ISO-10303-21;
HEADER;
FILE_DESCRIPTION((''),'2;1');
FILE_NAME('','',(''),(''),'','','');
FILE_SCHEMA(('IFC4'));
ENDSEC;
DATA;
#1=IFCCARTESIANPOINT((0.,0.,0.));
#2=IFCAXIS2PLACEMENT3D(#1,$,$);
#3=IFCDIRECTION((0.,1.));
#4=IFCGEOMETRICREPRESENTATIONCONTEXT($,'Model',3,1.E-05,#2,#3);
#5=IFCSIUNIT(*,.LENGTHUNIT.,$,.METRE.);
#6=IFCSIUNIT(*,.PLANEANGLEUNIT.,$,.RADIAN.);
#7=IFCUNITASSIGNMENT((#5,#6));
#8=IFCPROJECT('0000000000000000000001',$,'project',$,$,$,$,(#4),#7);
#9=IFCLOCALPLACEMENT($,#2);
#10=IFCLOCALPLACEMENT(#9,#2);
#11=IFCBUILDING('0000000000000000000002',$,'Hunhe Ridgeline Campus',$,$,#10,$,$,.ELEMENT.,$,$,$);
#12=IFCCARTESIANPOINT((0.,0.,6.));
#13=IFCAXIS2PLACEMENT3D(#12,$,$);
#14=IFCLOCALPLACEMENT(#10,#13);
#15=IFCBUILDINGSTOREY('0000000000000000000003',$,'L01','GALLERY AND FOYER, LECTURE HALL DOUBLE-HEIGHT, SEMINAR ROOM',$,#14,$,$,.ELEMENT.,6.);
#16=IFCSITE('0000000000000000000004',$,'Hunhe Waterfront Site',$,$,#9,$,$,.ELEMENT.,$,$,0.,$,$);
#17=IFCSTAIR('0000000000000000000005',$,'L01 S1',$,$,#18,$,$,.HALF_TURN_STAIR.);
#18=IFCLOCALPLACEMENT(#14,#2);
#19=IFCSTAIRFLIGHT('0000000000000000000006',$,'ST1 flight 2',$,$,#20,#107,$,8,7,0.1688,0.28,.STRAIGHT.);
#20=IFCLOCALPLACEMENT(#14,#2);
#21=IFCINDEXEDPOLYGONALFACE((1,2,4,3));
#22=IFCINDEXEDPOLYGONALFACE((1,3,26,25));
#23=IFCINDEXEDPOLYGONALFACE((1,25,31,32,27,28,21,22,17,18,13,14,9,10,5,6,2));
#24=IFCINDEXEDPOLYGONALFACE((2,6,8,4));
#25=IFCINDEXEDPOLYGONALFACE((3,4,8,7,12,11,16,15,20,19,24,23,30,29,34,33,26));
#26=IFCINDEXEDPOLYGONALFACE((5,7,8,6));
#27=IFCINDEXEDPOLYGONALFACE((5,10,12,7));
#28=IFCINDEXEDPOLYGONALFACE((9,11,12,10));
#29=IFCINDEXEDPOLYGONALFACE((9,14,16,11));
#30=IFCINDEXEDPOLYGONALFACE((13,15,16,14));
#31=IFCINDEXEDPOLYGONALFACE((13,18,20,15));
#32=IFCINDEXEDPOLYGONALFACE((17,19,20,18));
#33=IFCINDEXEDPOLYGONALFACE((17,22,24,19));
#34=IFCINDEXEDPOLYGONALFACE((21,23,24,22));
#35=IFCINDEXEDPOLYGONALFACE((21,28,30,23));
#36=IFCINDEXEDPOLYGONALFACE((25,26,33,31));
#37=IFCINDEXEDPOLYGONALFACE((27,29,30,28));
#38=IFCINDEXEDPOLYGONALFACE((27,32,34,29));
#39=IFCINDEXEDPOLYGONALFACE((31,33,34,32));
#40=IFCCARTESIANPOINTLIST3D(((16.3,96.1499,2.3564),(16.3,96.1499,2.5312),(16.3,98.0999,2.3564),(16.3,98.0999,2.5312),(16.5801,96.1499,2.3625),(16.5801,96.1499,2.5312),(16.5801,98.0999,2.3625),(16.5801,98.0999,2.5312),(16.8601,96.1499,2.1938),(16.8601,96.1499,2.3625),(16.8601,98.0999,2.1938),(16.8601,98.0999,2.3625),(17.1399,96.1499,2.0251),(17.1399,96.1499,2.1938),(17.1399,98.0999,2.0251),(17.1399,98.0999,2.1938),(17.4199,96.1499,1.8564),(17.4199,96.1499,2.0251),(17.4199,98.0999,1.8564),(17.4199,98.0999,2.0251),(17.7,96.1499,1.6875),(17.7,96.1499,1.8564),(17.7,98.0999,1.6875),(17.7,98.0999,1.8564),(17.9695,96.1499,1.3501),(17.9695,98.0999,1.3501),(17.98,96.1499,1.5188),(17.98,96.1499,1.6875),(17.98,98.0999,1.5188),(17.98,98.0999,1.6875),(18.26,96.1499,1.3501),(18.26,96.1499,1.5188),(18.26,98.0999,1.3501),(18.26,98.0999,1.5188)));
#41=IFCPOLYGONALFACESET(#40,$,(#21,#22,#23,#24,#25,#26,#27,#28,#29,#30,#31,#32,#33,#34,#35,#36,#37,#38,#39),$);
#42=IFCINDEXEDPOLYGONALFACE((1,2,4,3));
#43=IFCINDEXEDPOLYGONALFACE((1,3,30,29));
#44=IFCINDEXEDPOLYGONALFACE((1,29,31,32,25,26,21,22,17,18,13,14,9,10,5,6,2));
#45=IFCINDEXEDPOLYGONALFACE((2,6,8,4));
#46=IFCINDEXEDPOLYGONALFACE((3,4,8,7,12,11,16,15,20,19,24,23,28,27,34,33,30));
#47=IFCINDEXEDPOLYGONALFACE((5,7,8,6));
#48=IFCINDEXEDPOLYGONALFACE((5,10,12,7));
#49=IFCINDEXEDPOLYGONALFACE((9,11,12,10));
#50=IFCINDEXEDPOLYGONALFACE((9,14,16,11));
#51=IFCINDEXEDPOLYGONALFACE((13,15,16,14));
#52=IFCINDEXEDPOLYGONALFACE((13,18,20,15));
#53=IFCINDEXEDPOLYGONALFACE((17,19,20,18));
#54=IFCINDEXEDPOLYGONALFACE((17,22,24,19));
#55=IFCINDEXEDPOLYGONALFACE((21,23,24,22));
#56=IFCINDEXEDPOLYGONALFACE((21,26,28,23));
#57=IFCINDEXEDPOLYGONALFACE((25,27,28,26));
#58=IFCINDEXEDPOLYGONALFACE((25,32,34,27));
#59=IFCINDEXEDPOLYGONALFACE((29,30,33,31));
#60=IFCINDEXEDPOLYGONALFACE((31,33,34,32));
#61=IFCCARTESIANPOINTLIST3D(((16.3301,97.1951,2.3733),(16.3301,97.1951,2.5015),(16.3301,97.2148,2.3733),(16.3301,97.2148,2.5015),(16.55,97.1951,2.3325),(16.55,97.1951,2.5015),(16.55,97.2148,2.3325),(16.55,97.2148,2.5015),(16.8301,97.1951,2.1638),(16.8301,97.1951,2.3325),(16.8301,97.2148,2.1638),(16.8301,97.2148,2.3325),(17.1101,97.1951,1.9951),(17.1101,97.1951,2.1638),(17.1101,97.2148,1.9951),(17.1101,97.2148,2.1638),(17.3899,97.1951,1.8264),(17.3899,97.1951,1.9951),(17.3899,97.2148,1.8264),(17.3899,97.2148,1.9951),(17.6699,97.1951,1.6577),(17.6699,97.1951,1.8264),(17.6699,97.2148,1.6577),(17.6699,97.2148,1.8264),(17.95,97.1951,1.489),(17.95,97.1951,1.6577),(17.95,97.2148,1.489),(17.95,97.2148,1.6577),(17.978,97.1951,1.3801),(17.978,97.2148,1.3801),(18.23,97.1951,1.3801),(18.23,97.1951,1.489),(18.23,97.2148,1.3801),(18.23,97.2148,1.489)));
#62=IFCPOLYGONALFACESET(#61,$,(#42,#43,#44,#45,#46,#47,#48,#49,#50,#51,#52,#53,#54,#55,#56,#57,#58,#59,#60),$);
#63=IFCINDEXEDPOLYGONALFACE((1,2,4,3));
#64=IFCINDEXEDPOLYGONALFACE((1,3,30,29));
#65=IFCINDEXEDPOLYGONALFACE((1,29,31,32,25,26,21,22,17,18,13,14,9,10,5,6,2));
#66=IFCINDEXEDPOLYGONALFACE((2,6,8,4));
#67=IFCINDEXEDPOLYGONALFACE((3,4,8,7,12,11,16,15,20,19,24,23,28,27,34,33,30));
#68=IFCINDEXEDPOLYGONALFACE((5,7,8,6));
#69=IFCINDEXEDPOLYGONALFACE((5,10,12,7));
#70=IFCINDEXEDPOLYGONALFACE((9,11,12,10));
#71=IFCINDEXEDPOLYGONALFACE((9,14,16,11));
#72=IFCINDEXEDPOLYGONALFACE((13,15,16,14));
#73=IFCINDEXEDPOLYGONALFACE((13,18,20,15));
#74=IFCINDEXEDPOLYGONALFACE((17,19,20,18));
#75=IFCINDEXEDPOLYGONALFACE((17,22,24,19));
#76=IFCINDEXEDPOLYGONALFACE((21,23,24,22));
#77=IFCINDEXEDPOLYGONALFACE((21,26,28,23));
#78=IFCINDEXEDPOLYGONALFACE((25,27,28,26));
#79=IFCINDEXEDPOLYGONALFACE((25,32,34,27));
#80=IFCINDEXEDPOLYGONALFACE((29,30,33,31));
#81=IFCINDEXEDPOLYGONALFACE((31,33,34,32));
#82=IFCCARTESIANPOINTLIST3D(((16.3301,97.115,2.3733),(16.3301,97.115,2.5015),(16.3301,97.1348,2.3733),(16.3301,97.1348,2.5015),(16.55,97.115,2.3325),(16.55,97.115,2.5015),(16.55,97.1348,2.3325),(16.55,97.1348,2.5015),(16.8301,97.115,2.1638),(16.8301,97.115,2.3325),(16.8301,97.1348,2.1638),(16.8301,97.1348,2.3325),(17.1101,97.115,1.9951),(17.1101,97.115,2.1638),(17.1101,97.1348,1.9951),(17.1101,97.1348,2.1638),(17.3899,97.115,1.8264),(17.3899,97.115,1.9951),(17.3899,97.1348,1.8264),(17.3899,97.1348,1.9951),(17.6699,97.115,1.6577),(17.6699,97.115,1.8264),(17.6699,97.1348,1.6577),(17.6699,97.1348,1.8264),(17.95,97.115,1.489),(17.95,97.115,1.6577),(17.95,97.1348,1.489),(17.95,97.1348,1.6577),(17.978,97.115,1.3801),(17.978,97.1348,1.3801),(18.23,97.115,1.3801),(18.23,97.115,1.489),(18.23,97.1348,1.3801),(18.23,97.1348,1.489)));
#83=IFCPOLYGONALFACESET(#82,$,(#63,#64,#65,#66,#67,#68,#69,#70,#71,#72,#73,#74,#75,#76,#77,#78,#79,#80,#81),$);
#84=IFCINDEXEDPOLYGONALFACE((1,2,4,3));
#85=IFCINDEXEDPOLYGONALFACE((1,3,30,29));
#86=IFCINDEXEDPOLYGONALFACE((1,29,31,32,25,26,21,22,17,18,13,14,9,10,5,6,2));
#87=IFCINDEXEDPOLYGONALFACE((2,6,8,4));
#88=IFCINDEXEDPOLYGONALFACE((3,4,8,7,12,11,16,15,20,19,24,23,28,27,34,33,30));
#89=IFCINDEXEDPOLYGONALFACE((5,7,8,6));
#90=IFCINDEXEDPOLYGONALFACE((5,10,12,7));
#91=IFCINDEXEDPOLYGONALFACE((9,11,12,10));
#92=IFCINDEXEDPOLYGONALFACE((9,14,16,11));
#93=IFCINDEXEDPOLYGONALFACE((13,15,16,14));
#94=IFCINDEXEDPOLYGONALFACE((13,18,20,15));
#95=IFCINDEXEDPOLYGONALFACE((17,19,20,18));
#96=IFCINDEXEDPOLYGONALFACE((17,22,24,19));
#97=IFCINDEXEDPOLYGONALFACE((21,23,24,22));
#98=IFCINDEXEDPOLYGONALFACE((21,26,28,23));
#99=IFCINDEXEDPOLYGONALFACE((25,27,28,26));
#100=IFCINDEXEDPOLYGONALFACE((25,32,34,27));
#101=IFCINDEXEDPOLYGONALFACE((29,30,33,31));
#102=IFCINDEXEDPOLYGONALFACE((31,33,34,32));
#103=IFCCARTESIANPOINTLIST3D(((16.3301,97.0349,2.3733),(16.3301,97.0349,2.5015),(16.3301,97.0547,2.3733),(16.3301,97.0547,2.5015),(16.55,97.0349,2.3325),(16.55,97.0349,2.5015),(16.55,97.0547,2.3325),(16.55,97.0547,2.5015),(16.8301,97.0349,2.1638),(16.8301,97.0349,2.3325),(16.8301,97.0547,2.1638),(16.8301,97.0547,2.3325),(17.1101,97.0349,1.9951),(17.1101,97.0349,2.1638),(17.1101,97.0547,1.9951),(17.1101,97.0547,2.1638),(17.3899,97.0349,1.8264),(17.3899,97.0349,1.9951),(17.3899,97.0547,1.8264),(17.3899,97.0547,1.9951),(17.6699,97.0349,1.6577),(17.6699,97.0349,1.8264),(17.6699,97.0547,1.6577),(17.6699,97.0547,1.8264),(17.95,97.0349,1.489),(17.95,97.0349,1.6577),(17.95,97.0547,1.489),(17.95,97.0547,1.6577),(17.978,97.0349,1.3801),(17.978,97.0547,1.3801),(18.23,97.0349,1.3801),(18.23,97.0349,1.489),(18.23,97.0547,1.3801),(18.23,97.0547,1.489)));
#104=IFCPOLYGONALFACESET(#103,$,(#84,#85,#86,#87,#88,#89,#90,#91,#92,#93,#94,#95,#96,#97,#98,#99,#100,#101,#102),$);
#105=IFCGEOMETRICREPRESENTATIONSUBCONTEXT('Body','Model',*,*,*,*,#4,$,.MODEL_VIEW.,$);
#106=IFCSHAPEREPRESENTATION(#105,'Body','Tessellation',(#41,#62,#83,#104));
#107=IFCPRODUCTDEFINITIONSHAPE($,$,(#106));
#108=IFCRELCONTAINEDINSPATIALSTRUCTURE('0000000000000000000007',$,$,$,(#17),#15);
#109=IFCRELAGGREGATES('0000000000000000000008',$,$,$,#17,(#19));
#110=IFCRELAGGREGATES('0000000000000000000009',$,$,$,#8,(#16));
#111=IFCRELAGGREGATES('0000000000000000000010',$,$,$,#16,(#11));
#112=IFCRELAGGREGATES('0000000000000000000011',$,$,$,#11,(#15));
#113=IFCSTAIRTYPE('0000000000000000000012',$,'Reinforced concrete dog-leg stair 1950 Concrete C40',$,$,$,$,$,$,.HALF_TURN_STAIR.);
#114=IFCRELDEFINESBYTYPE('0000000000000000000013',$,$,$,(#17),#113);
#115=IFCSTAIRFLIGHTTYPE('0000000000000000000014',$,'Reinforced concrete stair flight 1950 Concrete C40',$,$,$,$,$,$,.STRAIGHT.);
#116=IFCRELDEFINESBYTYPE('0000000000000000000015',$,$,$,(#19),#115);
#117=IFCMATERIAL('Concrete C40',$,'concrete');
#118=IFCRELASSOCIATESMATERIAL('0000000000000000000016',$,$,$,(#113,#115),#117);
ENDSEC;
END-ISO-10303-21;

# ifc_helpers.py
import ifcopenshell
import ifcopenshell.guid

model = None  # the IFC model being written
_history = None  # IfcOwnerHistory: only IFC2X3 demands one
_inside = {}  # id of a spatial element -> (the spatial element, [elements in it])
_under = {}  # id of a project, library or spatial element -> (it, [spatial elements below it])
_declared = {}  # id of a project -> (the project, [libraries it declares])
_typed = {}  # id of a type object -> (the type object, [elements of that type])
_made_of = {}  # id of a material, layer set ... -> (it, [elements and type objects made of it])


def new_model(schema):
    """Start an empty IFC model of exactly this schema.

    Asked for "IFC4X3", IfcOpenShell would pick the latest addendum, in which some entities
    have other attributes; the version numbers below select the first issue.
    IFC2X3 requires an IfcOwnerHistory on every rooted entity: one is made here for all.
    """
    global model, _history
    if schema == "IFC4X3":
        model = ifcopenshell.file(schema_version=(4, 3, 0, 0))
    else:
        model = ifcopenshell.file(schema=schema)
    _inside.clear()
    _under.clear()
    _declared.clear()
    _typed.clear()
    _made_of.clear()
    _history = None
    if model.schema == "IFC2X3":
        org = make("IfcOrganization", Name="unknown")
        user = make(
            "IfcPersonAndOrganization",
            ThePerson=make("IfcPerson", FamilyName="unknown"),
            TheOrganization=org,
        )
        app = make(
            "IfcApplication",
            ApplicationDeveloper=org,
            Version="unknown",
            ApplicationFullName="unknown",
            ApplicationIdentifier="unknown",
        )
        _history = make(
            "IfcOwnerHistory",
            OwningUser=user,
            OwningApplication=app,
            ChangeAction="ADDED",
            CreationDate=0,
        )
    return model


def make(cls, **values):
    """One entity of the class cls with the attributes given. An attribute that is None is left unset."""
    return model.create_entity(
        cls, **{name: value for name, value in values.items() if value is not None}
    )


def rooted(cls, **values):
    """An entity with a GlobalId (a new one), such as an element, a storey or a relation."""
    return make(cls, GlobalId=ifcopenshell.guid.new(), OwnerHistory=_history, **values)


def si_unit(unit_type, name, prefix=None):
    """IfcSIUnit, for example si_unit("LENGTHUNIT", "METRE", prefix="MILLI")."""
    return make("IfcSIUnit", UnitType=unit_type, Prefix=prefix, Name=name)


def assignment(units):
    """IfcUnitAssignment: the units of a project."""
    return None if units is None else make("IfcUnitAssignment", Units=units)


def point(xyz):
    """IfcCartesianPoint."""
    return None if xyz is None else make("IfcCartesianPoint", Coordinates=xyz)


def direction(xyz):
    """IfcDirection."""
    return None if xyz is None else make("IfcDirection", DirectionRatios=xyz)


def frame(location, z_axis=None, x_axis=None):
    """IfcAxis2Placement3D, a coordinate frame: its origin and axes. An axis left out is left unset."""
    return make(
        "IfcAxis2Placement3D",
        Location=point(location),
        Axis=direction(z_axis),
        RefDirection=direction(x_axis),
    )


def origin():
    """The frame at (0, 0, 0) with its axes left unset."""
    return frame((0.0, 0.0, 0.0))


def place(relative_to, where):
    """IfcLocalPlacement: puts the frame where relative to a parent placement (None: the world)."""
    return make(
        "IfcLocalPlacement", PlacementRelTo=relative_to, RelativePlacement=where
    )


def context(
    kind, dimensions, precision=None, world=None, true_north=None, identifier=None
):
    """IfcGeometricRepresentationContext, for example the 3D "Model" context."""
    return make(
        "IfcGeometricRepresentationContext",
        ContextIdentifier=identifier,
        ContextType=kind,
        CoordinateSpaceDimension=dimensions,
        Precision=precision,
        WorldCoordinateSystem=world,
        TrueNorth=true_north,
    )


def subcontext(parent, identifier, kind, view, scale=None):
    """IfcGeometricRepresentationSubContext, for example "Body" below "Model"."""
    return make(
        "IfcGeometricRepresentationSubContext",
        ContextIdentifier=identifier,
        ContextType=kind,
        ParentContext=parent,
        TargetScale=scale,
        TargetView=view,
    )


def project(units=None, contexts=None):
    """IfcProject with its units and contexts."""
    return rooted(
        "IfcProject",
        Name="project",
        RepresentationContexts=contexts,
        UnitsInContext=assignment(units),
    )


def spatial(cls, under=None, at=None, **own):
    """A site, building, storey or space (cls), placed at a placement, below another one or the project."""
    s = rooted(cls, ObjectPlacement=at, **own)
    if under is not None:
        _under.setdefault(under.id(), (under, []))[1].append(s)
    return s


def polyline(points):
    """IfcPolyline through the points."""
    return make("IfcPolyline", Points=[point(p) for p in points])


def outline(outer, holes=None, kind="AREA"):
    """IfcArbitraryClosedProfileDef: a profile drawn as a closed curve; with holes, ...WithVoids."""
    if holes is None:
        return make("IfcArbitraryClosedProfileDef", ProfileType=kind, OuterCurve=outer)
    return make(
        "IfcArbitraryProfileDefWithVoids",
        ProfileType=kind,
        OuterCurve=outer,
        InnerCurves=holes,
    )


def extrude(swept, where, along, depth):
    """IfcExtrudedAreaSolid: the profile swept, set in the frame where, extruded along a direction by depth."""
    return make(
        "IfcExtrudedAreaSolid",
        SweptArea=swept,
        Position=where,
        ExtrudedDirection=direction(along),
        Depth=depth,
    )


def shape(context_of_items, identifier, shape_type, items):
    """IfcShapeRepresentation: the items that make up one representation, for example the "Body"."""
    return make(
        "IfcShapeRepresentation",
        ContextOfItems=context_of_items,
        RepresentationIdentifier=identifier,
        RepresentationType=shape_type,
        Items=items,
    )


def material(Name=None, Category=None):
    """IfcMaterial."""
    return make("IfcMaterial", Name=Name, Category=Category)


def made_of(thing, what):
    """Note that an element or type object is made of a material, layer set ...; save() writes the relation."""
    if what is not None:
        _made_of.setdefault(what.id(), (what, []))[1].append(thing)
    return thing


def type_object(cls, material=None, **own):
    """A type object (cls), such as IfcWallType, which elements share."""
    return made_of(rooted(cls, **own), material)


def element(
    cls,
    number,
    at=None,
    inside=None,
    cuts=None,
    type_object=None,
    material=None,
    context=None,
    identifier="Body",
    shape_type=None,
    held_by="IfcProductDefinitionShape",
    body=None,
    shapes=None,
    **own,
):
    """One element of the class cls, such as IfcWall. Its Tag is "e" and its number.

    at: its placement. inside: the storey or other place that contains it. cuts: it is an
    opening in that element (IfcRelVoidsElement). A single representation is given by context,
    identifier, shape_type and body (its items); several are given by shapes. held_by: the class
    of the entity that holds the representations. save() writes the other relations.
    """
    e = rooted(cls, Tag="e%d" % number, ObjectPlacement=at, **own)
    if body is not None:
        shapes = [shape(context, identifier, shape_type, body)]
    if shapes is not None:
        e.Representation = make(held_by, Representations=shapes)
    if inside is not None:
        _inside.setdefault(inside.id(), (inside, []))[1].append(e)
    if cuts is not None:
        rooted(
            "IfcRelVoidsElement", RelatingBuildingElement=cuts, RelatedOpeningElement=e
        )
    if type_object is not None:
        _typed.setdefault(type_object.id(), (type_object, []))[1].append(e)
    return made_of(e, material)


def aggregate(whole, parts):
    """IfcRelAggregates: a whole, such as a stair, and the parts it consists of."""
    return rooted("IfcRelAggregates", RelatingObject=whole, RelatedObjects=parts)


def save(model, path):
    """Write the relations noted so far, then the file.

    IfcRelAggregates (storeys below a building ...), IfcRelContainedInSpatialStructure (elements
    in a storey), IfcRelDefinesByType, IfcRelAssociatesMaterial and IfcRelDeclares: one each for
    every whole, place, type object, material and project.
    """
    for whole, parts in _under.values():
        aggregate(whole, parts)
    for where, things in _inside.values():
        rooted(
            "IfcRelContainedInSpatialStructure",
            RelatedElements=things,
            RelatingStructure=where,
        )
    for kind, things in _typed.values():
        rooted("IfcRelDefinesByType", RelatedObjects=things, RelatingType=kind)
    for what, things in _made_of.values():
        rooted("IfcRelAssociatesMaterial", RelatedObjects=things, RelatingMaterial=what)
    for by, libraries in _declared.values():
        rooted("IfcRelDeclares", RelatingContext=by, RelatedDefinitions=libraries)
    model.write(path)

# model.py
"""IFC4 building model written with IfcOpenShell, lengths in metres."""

from ifc_helpers import new_model, si_unit, direction, frame, origin, place, context, subcontext, project, spatial, polyline, outline, extrude, material, type_object, element, aggregate, save


model = new_model("IFC4")

# Units and contexts
model_context = context("Model", 3, precision=1e-05, world=origin(), true_north=direction((0.0, 1.0)))
body_context = subcontext(model_context, "Body", "Model", "MODEL_VIEW")
ifc_project = project(units=[si_unit("LENGTHUNIT", "METRE"), si_unit("PLANEANGLEUNIT", "RADIAN")], contexts=[model_context])

# Site, building, storey
site_placement = place(None, origin())
site = spatial("IfcSite", under=ifc_project, at=site_placement, Name="Hunhe Waterfront Site", CompositionType="ELEMENT", RefElevation=0.0)
building_placement = place(site_placement, origin())
building = spatial("IfcBuilding", under=site, at=building_placement, Name="Hunhe Ridgeline Campus", CompositionType="ELEMENT")
storey_placement = place(building_placement, frame((0.0, 0.0, 6.0)))
storey = spatial("IfcBuildingStorey", under=building, at=storey_placement, Name="L01", Description="GALLERY AND FOYER, LECTURE HALL DOUBLE-HEIGHT, SEMINAR ROOM", CompositionType="ELEMENT", Elevation=6.0)

# Stair, stair flight
ifc_material_1 = material(Name="Concrete C40", Category="concrete")
stair_type = type_object("IfcStairType", Name="Reinforced concrete dog-leg stair 1950 Concrete C40", PredefinedType="HALF_TURN_STAIR", material=ifc_material_1)
stair_placement = place(storey_placement, origin())
stair = element("IfcStair", 1, at=stair_placement, inside=storey, type_object=stair_type, Name="L01 S1", PredefinedType="HALF_TURN_STAIR")
stair_flight_type = type_object("IfcStairFlightType", Name="Reinforced concrete stair flight 1950 Concrete C40", PredefinedType="STRAIGHT", material=ifc_material_1)
stair_flight_1_placement = place(storey_placement, frame((18.26, 97.125, 1.3501), z_axis=(0.0, 0.0, 1.0), x_axis=(-1.0, 0.0, 0.0)))
stair_flight_1 = element("IfcStairFlight", 2, at=stair_flight_1_placement, type_object=stair_flight_type, Name="ST1 flight 2", NumberOfRisers=8, NumberOfTreads=7, PredefinedType="STRAIGHT", RiserHeight=0.1688, TreadLength=0.28, context=body_context, shape_type="SweptSolid", body=[
    extrude(outline(polyline([(0.0, 0.0), (0.0, 0.1687), (0.28, 0.1687), (0.28, 0.3374), (0.5601, 0.3374), (0.5601, 0.5063), (0.8401, 0.5063), (0.8401, 0.675), (1.1201, 0.675), (1.1201, 0.8438), (1.3999, 0.8438), (1.3999, 1.0125), (1.6799, 1.0125), (1.6799, 1.1812), (1.96, 1.1812), (1.96, 1.3501), (1.96, 1.0063), (0.2905, 0.0), (0.0, 0.0)])), frame((0.0, 0.9751, 0.0), z_axis=(0.0, -1.0, 0.0), x_axis=(1.0, 0.0, 0.0)), (0.0, 0.0, 1.0), 1.95),
    extrude(outline(polyline([(0.03, 0.03), (0.03, 0.1389), (0.3101, 0.1389), (0.3101, 0.3076), (0.5901, 0.3076), (0.5901, 0.4763), (0.8701, 0.4763), (0.8701, 0.645), (1.1499, 0.645), (1.1499, 0.8137), (1.4299, 0.8137), (1.4299, 0.9824), (1.71, 0.9824), (1.71, 1.1514), (1.9299, 1.1514), (1.9299, 1.0232), (0.282, 0.03), (0.03, 0.03)])), frame((0.0, -0.0701, 0.0), z_axis=(0.0, -1.0, 0.0), x_axis=(1.0, 0.0, 0.0)), (0.0, 0.0, 1.0), 0.0198),
    extrude(outline(polyline([(0.03, 0.03), (0.03, 0.1389), (0.3101, 0.1389), (0.3101, 0.3076), (0.5901, 0.3076), (0.5901, 0.4763), (0.8701, 0.4763), (0.8701, 0.645), (1.1499, 0.645), (1.1499, 0.8137), (1.4299, 0.8137), (1.4299, 0.9824), (1.71, 0.9824), (1.71, 1.1514), (1.9299, 1.1514), (1.9299, 1.0232), (0.282, 0.03), (0.03, 0.03)])), frame((0.0, 0.01, 0.0), z_axis=(0.0, -1.0, 0.0), x_axis=(1.0, 0.0, 0.0)), (0.0, 0.0, 1.0), 0.0198),
    extrude(outline(polyline([(0.03, 0.03), (0.03, 0.1389), (0.3101, 0.1389), (0.3101, 0.3076), (0.5901, 0.3076), (0.5901, 0.4763), (0.8701, 0.4763), (0.8701, 0.645), (1.1499, 0.645), (1.1499, 0.8137), (1.4299, 0.8137), (1.4299, 0.9824), (1.71, 0.9824), (1.71, 1.1514), (1.9299, 1.1514), (1.9299, 1.0232), (0.282, 0.03), (0.03, 0.03)])), frame((0.0, 0.0901, 0.0), z_axis=(0.0, -1.0, 0.0), x_axis=(1.0, 0.0, 0.0)), (0.0, 0.0, 1.0), 0.0198),
])
aggregate(stair, [stair_flight_1])

save(model, "model.ifc")
